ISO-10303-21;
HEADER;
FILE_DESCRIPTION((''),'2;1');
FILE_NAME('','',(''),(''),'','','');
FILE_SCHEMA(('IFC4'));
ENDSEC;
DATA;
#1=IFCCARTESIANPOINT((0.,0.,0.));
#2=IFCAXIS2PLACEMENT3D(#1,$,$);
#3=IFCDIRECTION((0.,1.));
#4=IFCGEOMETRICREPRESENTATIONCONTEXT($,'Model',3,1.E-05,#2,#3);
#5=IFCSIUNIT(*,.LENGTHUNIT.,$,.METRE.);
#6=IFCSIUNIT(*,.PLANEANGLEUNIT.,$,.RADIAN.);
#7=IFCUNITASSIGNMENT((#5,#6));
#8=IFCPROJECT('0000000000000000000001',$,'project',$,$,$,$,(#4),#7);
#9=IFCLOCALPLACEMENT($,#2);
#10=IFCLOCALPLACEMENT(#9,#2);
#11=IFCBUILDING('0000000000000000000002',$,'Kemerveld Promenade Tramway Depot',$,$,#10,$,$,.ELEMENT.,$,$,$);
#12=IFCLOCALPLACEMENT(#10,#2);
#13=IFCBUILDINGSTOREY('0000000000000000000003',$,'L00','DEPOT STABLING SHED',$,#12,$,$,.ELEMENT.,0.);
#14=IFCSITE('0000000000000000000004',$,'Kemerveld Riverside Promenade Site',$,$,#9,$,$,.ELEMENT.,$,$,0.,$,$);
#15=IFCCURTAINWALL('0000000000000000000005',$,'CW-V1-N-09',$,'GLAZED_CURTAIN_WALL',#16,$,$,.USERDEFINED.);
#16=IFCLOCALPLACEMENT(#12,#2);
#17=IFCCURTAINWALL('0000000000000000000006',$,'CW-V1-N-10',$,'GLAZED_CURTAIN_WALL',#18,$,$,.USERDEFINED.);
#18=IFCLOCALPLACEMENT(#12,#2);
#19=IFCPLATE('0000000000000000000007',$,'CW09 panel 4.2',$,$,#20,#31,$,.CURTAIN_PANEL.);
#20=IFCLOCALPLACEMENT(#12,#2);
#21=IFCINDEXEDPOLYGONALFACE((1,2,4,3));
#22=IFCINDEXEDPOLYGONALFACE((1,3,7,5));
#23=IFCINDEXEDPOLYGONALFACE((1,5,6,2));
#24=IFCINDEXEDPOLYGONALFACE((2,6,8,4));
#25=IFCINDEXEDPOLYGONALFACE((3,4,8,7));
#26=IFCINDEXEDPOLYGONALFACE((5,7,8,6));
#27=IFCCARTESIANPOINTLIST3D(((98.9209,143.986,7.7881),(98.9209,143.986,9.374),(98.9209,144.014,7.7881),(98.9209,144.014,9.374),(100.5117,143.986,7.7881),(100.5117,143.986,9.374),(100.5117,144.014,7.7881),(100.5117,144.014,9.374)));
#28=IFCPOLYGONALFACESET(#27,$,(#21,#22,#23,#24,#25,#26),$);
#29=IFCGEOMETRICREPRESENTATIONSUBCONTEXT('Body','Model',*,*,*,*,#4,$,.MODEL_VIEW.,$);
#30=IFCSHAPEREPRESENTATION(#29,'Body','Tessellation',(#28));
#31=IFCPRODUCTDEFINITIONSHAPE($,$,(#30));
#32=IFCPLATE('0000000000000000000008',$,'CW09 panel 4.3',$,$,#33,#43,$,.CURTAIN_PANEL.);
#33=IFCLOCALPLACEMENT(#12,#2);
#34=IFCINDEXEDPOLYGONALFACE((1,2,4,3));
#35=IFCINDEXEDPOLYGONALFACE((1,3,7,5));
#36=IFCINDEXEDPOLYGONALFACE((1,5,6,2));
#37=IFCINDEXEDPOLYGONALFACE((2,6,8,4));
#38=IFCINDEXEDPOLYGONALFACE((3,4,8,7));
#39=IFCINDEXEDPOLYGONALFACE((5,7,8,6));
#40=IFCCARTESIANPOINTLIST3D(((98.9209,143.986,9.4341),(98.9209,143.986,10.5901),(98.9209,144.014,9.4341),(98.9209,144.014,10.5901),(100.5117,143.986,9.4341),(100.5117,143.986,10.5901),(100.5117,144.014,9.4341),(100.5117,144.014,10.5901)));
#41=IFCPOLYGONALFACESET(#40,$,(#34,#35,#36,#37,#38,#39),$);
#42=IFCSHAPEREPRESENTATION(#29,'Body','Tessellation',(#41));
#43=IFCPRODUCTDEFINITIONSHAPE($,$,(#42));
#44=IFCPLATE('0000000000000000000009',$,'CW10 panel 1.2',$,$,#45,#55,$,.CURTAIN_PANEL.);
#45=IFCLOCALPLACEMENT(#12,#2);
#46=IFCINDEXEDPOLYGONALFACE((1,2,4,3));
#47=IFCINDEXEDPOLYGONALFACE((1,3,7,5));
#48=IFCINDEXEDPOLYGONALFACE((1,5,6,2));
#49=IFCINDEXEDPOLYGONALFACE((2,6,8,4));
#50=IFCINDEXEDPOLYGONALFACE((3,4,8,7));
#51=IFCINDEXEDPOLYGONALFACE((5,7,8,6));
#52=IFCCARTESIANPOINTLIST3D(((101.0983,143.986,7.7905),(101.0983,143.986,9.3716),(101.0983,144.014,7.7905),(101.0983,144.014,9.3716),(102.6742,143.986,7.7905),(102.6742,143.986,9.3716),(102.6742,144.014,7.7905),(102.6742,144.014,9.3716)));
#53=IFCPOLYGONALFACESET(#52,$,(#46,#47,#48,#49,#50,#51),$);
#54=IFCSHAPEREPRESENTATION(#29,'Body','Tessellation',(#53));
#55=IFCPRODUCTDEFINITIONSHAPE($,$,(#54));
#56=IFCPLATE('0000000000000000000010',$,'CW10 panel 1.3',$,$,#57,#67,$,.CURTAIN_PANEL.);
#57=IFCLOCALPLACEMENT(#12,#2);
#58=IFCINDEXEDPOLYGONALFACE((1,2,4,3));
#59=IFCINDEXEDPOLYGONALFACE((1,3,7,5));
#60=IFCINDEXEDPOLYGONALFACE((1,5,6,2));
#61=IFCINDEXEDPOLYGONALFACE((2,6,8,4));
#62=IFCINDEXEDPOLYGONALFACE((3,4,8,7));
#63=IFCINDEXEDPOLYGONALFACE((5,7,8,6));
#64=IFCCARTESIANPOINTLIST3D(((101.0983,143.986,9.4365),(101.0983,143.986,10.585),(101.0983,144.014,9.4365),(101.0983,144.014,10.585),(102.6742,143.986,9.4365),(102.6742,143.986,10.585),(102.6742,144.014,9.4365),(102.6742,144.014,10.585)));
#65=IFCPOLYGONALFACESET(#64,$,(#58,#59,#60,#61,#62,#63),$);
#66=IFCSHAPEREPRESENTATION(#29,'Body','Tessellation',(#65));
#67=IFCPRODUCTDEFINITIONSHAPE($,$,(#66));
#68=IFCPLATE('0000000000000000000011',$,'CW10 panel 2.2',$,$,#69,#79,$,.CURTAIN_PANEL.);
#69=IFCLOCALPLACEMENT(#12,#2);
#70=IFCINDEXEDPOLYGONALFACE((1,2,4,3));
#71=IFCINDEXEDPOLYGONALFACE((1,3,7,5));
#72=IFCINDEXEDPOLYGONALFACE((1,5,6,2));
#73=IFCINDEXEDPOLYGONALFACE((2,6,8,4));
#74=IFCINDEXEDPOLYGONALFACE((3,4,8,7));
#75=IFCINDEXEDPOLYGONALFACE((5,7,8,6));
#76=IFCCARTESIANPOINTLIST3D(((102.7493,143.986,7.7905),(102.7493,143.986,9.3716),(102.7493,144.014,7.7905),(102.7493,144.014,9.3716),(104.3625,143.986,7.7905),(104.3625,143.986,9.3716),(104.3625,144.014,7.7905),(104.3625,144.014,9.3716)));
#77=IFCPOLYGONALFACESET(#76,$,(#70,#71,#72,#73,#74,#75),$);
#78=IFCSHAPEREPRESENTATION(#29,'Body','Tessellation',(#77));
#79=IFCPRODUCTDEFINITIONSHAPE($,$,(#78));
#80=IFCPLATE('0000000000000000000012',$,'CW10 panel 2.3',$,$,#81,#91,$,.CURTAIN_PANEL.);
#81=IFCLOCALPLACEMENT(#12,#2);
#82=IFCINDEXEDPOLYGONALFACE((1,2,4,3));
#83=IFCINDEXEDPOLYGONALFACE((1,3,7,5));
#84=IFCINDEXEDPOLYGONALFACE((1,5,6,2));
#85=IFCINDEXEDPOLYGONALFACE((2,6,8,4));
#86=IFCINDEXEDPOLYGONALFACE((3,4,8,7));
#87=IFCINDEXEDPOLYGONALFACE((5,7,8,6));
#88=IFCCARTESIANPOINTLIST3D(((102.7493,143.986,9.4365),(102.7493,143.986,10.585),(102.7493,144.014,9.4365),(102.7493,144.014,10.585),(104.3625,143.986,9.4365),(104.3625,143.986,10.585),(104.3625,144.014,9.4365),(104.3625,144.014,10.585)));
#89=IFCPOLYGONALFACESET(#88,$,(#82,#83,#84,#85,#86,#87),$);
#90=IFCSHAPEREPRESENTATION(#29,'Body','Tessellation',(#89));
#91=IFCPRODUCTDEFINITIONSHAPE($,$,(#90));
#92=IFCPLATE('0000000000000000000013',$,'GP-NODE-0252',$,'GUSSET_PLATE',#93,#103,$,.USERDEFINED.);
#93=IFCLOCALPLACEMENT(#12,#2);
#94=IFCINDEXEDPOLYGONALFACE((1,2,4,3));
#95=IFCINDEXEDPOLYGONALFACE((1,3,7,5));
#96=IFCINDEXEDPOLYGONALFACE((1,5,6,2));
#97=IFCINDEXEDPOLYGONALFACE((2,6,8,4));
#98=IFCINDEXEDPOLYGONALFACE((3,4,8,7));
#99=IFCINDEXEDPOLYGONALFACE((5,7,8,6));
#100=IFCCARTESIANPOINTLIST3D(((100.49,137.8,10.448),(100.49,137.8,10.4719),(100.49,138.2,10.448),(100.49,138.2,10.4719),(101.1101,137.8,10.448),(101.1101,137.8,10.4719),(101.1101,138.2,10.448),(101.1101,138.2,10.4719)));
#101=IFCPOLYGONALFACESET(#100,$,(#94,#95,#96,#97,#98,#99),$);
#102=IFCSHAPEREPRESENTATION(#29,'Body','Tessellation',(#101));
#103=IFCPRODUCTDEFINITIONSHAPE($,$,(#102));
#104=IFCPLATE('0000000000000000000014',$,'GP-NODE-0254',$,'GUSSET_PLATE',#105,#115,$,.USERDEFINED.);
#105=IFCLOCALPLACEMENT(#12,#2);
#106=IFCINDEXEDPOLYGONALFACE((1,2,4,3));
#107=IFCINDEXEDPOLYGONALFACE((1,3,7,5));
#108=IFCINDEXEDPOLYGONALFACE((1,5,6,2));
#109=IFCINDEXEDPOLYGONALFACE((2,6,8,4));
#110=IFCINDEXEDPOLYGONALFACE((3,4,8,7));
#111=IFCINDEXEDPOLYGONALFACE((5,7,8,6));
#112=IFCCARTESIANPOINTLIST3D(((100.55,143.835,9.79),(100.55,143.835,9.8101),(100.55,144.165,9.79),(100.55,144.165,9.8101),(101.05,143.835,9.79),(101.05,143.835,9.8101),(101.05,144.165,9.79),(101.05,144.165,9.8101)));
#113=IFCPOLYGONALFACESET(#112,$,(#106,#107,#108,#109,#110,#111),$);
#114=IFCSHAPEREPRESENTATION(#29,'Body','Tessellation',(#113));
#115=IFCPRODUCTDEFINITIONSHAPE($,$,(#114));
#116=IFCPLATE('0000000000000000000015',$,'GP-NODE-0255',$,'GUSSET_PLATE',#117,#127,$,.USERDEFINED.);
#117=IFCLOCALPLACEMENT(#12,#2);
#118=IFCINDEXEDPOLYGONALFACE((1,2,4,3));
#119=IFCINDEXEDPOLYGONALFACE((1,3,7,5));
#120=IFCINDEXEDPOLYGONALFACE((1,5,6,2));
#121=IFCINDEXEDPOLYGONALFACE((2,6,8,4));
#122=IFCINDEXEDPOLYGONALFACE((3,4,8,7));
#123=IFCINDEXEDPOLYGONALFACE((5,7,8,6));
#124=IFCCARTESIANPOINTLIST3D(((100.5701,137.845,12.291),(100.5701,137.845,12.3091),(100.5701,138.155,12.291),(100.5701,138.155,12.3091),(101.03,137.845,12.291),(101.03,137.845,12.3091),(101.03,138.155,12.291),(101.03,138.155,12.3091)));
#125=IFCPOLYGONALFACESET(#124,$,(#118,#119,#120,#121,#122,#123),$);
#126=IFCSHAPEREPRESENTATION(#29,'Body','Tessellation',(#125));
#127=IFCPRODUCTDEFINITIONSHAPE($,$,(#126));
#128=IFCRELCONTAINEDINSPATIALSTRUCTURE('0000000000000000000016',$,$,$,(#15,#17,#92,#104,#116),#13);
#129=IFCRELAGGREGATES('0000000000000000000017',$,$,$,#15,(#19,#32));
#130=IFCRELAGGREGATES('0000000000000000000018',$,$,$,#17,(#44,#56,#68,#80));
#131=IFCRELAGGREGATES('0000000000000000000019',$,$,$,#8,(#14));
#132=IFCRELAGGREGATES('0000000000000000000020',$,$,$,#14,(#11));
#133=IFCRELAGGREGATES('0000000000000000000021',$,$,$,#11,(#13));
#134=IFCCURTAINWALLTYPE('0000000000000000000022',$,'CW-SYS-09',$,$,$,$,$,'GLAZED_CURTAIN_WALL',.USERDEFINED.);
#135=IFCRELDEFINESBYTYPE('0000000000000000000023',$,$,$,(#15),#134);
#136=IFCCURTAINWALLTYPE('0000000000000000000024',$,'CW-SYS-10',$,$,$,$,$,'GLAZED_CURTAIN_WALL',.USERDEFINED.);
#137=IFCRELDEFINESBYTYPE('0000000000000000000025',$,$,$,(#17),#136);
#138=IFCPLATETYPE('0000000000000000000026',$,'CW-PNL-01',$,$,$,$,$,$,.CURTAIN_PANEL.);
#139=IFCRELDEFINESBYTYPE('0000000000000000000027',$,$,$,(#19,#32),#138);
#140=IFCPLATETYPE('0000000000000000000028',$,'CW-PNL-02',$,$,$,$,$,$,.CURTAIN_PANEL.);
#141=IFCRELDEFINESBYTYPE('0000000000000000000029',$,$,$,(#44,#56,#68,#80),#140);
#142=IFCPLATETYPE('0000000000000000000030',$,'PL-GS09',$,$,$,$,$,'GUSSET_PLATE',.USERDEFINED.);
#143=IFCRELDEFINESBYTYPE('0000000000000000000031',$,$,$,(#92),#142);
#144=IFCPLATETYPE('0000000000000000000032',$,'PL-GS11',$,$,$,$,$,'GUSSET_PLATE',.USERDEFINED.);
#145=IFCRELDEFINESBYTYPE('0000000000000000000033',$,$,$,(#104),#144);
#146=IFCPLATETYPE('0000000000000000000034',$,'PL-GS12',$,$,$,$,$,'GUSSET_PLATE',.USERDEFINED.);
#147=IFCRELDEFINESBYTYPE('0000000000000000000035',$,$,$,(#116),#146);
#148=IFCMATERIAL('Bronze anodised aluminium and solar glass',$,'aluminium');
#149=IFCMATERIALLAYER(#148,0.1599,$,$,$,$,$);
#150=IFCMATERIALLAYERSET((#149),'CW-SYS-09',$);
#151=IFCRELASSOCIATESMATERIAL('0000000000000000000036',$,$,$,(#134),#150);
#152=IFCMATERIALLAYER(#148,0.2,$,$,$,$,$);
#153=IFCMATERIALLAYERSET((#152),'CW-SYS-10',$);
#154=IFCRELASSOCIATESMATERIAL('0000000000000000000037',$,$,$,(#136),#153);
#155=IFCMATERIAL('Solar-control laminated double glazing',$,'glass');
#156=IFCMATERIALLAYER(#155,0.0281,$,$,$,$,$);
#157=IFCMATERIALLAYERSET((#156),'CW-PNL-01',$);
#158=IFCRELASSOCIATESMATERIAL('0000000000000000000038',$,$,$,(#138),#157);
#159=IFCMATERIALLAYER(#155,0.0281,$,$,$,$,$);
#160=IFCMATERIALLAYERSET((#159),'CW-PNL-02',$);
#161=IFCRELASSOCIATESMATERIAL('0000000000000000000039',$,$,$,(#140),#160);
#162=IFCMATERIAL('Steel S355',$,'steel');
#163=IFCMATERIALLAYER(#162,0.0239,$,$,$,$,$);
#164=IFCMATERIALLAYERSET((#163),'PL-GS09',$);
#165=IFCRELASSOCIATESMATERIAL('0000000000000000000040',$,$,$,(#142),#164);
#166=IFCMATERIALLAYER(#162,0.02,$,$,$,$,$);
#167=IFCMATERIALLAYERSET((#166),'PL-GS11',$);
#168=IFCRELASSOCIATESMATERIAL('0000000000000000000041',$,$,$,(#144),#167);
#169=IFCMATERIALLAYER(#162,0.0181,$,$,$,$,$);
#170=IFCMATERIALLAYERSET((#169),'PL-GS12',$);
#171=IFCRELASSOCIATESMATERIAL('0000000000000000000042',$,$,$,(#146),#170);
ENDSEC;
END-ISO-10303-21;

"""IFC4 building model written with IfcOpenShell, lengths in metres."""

from ifc_helpers import new_model, si_unit, direction, frame, origin, origin_2d, place, context, subcontext, project, spatial, rectangle, extrude, material, layer, layer_set, type_object, element, aggregate, save


model = new_model("IFC4")

# Units and contexts
model_context = context("Model", 3, precision=1e-05, world=origin(), true_north=direction((0.0, 1.0)))
body_context = subcontext(model_context, "Body", "Model", "MODEL_VIEW")
ifc_project = project(units=[si_unit("LENGTHUNIT", "METRE"), si_unit("PLANEANGLEUNIT", "RADIAN")], contexts=[model_context])

# Site, building, storey
site_placement = place(None, origin())
site = spatial("IfcSite", under=ifc_project, at=site_placement, Name="Kemerveld Riverside Promenade Site", CompositionType="ELEMENT", RefElevation=0.0)
building_placement = place(site_placement, origin())
building = spatial("IfcBuilding", under=site, at=building_placement, Name="Kemerveld Promenade Tramway Depot", CompositionType="ELEMENT")
storey_placement = place(building_placement, origin())
storey = spatial("IfcBuildingStorey", under=building, at=storey_placement, Name="L00", Description="DEPOT STABLING SHED", CompositionType="ELEMENT", Elevation=0.0)

# Shared definitions
ifc_material_1 = material(Name="Steel S355", Category="steel")

# Curtain walls
ifc_material_2 = material(Name="Bronze anodised aluminium and solar glass", Category="aluminium")
ifc_layer_1 = layer(ifc_material_2, 0.1599)
ifc_layer_set_1 = layer_set([ifc_layer_1], Name="CW-SYS-09")
curtain_wall_type_1 = type_object("IfcCurtainWallType", Name="CW-SYS-09", ElementType="GLAZED_CURTAIN_WALL", PredefinedType="USERDEFINED", material=ifc_layer_set_1)
curtain_wall_1_placement = place(storey_placement, origin())
curtain_wall_1 = element("IfcCurtainWall", 1, at=curtain_wall_1_placement, inside=storey, type_object=curtain_wall_type_1, Name="CW-V1-N-09", ObjectType="GLAZED_CURTAIN_WALL", PredefinedType="USERDEFINED")
ifc_layer_2 = layer(ifc_material_2, 0.2)
ifc_layer_set_2 = layer_set([ifc_layer_2], Name="CW-SYS-10")
curtain_wall_type_2 = type_object("IfcCurtainWallType", Name="CW-SYS-10", ElementType="GLAZED_CURTAIN_WALL", PredefinedType="USERDEFINED", material=ifc_layer_set_2)
curtain_wall_2_placement = place(storey_placement, origin())
curtain_wall_2 = element("IfcCurtainWall", 2, at=curtain_wall_2_placement, inside=storey, type_object=curtain_wall_type_2, Name="CW-V1-N-10", ObjectType="GLAZED_CURTAIN_WALL", PredefinedType="USERDEFINED")

# Plates
ifc_material_3 = material(Name="Solar-control laminated double glazing", Category="glass")
ifc_layer_3 = layer(ifc_material_3, 0.0281)
ifc_layer_set_3 = layer_set([ifc_layer_3], Name="CW-PNL-01")
plate_type_1 = type_object("IfcPlateType", Name="CW-PNL-01", PredefinedType="CURTAIN_PANEL", material=ifc_layer_set_3)
plate_1_placement = place(storey_placement, frame((99.7163, 144.0, 7.7881), z_axis=(0.0, 0.0, 1.0), x_axis=(1.0, 0.0, 0.0)))
plate_1 = element("IfcPlate", 3, at=plate_1_placement, type_object=plate_type_1, Name="CW09 panel 4.2", PredefinedType="CURTAIN_PANEL", context=body_context, shape_type="SweptSolid", body=[
    extrude(rectangle(XDim=1.5908, YDim=0.0281, at=origin_2d()), origin(), (0.0, 0.0, 1.0), 1.5859),
])
plate_2_placement = place(storey_placement, frame((99.7163, 144.0, 9.4341), z_axis=(0.0, 0.0, 1.0), x_axis=(1.0, 0.0, 0.0)))
plate_2 = element("IfcPlate", 4, at=plate_2_placement, type_object=plate_type_1, Name="CW09 panel 4.3", PredefinedType="CURTAIN_PANEL", context=body_context, shape_type="SweptSolid", body=[
    extrude(rectangle(XDim=1.5908, YDim=0.0281, at=origin_2d()), origin(), (0.0, 0.0, 1.0), 1.156),
])
aggregate(curtain_wall_1, [plate_1, plate_2])
ifc_layer_4 = layer(ifc_material_3, 0.0281)
ifc_layer_set_4 = layer_set([ifc_layer_4], Name="CW-PNL-02")
plate_type_2 = type_object("IfcPlateType", Name="CW-PNL-02", PredefinedType="CURTAIN_PANEL", material=ifc_layer_set_4)
plate_3_placement = place(storey_placement, frame((101.8862, 144.0, 7.7905), z_axis=(0.0, 0.0, 1.0), x_axis=(1.0, 0.0, 0.0)))
plate_3 = element("IfcPlate", 5, at=plate_3_placement, type_object=plate_type_2, Name="CW10 panel 1.2", PredefinedType="CURTAIN_PANEL", context=body_context, shape_type="SweptSolid", body=[
    extrude(rectangle(XDim=1.5759, YDim=0.0281, at=origin_2d()), origin(), (0.0, 0.0, 1.0), 1.5811),
])
plate_4_placement = place(storey_placement, frame((101.8862, 144.0, 9.4365), z_axis=(0.0, 0.0, 1.0), x_axis=(1.0, 0.0, 0.0)))
plate_4 = element("IfcPlate", 6, at=plate_4_placement, type_object=plate_type_2, Name="CW10 panel 1.3", PredefinedType="CURTAIN_PANEL", context=body_context, shape_type="SweptSolid", body=[
    extrude(rectangle(XDim=1.5759, YDim=0.0281, at=origin_2d()), origin(), (0.0, 0.0, 1.0), 1.1484),
])
plate_5_placement = place(storey_placement, frame((103.5559, 144.0, 7.7905), z_axis=(0.0, 0.0, 1.0), x_axis=(1.0, 0.0, 0.0)))
plate_5 = element("IfcPlate", 7, at=plate_5_placement, type_object=plate_type_2, Name="CW10 panel 2.2", PredefinedType="CURTAIN_PANEL", context=body_context, shape_type="SweptSolid", body=[
    extrude(rectangle(XDim=1.6133, YDim=0.0281, at=origin_2d()), origin(), (0.0, 0.0, 1.0), 1.5811),
])
plate_6_placement = place(storey_placement, frame((103.5559, 144.0, 9.4365), z_axis=(0.0, 0.0, 1.0), x_axis=(1.0, 0.0, 0.0)))
plate_6 = element("IfcPlate", 8, at=plate_6_placement, type_object=plate_type_2, Name="CW10 panel 2.3", PredefinedType="CURTAIN_PANEL", context=body_context, shape_type="SweptSolid", body=[
    extrude(rectangle(XDim=1.6133, YDim=0.0281, at=origin_2d()), origin(), (0.0, 0.0, 1.0), 1.1484),
])
aggregate(curtain_wall_2, [plate_3, plate_4, plate_5, plate_6])

# Plates
ifc_layer_5 = layer(ifc_material_1, 0.0239)
ifc_layer_set_5 = layer_set([ifc_layer_5], Name="PL-GS09")
plate_type_3 = type_object("IfcPlateType", Name="PL-GS09", ElementType="GUSSET_PLATE", PredefinedType="USERDEFINED", material=ifc_layer_set_5)
plate_7_placement = place(storey_placement, frame((100.8, 138.0, 10.448), z_axis=(0.0, 0.0, 1.0), x_axis=(1.0, 0.0, 0.0)))
element("IfcPlate", 9, at=plate_7_placement, inside=storey, type_object=plate_type_3, Name="GP-NODE-0252", ObjectType="GUSSET_PLATE", PredefinedType="USERDEFINED", context=body_context, shape_type="SweptSolid", body=[
    extrude(rectangle(XDim=0.6201, YDim=0.3999, at=origin_2d()), origin(), (0.0, 0.0, 1.0), 0.0239),
])
ifc_layer_6 = layer(ifc_material_1, 0.02)
ifc_layer_set_6 = layer_set([ifc_layer_6], Name="PL-GS11")
plate_type_4 = type_object("IfcPlateType", Name="PL-GS11", ElementType="GUSSET_PLATE", PredefinedType="USERDEFINED", material=ifc_layer_set_6)
plate_8_placement = place(storey_placement, frame((100.8, 144.0, 9.79), z_axis=(0.0, 0.0, 1.0), x_axis=(1.0, 0.0, 0.0)))
element("IfcPlate", 10, at=plate_8_placement, inside=storey, type_object=plate_type_4, Name="GP-NODE-0254", ObjectType="GUSSET_PLATE", PredefinedType="USERDEFINED", context=body_context, shape_type="SweptSolid", body=[
    extrude(rectangle(XDim=0.5, YDim=0.3301, at=origin_2d()), origin(), (0.0, 0.0, 1.0), 0.02),
])
ifc_layer_7 = layer(ifc_material_1, 0.0181)
ifc_layer_set_7 = layer_set([ifc_layer_7], Name="PL-GS12")
plate_type_5 = type_object("IfcPlateType", Name="PL-GS12", ElementType="GUSSET_PLATE", PredefinedType="USERDEFINED", material=ifc_layer_set_7)
plate_9_placement = place(storey_placement, frame((100.8, 138.0, 12.291), z_axis=(0.0, 0.0, 1.0), x_axis=(1.0, 0.0, 0.0)))
element("IfcPlate", 11, at=plate_9_placement, inside=storey, type_object=plate_type_5, Name="GP-NODE-0255", ObjectType="GUSSET_PLATE", PredefinedType="USERDEFINED", context=body_context, shape_type="SweptSolid", body=[
    extrude(rectangle(XDim=0.46, YDim=0.3101, at=origin_2d()), origin(), (0.0, 0.0, 1.0), 0.0181),
])

save(model, "model.ifc")
